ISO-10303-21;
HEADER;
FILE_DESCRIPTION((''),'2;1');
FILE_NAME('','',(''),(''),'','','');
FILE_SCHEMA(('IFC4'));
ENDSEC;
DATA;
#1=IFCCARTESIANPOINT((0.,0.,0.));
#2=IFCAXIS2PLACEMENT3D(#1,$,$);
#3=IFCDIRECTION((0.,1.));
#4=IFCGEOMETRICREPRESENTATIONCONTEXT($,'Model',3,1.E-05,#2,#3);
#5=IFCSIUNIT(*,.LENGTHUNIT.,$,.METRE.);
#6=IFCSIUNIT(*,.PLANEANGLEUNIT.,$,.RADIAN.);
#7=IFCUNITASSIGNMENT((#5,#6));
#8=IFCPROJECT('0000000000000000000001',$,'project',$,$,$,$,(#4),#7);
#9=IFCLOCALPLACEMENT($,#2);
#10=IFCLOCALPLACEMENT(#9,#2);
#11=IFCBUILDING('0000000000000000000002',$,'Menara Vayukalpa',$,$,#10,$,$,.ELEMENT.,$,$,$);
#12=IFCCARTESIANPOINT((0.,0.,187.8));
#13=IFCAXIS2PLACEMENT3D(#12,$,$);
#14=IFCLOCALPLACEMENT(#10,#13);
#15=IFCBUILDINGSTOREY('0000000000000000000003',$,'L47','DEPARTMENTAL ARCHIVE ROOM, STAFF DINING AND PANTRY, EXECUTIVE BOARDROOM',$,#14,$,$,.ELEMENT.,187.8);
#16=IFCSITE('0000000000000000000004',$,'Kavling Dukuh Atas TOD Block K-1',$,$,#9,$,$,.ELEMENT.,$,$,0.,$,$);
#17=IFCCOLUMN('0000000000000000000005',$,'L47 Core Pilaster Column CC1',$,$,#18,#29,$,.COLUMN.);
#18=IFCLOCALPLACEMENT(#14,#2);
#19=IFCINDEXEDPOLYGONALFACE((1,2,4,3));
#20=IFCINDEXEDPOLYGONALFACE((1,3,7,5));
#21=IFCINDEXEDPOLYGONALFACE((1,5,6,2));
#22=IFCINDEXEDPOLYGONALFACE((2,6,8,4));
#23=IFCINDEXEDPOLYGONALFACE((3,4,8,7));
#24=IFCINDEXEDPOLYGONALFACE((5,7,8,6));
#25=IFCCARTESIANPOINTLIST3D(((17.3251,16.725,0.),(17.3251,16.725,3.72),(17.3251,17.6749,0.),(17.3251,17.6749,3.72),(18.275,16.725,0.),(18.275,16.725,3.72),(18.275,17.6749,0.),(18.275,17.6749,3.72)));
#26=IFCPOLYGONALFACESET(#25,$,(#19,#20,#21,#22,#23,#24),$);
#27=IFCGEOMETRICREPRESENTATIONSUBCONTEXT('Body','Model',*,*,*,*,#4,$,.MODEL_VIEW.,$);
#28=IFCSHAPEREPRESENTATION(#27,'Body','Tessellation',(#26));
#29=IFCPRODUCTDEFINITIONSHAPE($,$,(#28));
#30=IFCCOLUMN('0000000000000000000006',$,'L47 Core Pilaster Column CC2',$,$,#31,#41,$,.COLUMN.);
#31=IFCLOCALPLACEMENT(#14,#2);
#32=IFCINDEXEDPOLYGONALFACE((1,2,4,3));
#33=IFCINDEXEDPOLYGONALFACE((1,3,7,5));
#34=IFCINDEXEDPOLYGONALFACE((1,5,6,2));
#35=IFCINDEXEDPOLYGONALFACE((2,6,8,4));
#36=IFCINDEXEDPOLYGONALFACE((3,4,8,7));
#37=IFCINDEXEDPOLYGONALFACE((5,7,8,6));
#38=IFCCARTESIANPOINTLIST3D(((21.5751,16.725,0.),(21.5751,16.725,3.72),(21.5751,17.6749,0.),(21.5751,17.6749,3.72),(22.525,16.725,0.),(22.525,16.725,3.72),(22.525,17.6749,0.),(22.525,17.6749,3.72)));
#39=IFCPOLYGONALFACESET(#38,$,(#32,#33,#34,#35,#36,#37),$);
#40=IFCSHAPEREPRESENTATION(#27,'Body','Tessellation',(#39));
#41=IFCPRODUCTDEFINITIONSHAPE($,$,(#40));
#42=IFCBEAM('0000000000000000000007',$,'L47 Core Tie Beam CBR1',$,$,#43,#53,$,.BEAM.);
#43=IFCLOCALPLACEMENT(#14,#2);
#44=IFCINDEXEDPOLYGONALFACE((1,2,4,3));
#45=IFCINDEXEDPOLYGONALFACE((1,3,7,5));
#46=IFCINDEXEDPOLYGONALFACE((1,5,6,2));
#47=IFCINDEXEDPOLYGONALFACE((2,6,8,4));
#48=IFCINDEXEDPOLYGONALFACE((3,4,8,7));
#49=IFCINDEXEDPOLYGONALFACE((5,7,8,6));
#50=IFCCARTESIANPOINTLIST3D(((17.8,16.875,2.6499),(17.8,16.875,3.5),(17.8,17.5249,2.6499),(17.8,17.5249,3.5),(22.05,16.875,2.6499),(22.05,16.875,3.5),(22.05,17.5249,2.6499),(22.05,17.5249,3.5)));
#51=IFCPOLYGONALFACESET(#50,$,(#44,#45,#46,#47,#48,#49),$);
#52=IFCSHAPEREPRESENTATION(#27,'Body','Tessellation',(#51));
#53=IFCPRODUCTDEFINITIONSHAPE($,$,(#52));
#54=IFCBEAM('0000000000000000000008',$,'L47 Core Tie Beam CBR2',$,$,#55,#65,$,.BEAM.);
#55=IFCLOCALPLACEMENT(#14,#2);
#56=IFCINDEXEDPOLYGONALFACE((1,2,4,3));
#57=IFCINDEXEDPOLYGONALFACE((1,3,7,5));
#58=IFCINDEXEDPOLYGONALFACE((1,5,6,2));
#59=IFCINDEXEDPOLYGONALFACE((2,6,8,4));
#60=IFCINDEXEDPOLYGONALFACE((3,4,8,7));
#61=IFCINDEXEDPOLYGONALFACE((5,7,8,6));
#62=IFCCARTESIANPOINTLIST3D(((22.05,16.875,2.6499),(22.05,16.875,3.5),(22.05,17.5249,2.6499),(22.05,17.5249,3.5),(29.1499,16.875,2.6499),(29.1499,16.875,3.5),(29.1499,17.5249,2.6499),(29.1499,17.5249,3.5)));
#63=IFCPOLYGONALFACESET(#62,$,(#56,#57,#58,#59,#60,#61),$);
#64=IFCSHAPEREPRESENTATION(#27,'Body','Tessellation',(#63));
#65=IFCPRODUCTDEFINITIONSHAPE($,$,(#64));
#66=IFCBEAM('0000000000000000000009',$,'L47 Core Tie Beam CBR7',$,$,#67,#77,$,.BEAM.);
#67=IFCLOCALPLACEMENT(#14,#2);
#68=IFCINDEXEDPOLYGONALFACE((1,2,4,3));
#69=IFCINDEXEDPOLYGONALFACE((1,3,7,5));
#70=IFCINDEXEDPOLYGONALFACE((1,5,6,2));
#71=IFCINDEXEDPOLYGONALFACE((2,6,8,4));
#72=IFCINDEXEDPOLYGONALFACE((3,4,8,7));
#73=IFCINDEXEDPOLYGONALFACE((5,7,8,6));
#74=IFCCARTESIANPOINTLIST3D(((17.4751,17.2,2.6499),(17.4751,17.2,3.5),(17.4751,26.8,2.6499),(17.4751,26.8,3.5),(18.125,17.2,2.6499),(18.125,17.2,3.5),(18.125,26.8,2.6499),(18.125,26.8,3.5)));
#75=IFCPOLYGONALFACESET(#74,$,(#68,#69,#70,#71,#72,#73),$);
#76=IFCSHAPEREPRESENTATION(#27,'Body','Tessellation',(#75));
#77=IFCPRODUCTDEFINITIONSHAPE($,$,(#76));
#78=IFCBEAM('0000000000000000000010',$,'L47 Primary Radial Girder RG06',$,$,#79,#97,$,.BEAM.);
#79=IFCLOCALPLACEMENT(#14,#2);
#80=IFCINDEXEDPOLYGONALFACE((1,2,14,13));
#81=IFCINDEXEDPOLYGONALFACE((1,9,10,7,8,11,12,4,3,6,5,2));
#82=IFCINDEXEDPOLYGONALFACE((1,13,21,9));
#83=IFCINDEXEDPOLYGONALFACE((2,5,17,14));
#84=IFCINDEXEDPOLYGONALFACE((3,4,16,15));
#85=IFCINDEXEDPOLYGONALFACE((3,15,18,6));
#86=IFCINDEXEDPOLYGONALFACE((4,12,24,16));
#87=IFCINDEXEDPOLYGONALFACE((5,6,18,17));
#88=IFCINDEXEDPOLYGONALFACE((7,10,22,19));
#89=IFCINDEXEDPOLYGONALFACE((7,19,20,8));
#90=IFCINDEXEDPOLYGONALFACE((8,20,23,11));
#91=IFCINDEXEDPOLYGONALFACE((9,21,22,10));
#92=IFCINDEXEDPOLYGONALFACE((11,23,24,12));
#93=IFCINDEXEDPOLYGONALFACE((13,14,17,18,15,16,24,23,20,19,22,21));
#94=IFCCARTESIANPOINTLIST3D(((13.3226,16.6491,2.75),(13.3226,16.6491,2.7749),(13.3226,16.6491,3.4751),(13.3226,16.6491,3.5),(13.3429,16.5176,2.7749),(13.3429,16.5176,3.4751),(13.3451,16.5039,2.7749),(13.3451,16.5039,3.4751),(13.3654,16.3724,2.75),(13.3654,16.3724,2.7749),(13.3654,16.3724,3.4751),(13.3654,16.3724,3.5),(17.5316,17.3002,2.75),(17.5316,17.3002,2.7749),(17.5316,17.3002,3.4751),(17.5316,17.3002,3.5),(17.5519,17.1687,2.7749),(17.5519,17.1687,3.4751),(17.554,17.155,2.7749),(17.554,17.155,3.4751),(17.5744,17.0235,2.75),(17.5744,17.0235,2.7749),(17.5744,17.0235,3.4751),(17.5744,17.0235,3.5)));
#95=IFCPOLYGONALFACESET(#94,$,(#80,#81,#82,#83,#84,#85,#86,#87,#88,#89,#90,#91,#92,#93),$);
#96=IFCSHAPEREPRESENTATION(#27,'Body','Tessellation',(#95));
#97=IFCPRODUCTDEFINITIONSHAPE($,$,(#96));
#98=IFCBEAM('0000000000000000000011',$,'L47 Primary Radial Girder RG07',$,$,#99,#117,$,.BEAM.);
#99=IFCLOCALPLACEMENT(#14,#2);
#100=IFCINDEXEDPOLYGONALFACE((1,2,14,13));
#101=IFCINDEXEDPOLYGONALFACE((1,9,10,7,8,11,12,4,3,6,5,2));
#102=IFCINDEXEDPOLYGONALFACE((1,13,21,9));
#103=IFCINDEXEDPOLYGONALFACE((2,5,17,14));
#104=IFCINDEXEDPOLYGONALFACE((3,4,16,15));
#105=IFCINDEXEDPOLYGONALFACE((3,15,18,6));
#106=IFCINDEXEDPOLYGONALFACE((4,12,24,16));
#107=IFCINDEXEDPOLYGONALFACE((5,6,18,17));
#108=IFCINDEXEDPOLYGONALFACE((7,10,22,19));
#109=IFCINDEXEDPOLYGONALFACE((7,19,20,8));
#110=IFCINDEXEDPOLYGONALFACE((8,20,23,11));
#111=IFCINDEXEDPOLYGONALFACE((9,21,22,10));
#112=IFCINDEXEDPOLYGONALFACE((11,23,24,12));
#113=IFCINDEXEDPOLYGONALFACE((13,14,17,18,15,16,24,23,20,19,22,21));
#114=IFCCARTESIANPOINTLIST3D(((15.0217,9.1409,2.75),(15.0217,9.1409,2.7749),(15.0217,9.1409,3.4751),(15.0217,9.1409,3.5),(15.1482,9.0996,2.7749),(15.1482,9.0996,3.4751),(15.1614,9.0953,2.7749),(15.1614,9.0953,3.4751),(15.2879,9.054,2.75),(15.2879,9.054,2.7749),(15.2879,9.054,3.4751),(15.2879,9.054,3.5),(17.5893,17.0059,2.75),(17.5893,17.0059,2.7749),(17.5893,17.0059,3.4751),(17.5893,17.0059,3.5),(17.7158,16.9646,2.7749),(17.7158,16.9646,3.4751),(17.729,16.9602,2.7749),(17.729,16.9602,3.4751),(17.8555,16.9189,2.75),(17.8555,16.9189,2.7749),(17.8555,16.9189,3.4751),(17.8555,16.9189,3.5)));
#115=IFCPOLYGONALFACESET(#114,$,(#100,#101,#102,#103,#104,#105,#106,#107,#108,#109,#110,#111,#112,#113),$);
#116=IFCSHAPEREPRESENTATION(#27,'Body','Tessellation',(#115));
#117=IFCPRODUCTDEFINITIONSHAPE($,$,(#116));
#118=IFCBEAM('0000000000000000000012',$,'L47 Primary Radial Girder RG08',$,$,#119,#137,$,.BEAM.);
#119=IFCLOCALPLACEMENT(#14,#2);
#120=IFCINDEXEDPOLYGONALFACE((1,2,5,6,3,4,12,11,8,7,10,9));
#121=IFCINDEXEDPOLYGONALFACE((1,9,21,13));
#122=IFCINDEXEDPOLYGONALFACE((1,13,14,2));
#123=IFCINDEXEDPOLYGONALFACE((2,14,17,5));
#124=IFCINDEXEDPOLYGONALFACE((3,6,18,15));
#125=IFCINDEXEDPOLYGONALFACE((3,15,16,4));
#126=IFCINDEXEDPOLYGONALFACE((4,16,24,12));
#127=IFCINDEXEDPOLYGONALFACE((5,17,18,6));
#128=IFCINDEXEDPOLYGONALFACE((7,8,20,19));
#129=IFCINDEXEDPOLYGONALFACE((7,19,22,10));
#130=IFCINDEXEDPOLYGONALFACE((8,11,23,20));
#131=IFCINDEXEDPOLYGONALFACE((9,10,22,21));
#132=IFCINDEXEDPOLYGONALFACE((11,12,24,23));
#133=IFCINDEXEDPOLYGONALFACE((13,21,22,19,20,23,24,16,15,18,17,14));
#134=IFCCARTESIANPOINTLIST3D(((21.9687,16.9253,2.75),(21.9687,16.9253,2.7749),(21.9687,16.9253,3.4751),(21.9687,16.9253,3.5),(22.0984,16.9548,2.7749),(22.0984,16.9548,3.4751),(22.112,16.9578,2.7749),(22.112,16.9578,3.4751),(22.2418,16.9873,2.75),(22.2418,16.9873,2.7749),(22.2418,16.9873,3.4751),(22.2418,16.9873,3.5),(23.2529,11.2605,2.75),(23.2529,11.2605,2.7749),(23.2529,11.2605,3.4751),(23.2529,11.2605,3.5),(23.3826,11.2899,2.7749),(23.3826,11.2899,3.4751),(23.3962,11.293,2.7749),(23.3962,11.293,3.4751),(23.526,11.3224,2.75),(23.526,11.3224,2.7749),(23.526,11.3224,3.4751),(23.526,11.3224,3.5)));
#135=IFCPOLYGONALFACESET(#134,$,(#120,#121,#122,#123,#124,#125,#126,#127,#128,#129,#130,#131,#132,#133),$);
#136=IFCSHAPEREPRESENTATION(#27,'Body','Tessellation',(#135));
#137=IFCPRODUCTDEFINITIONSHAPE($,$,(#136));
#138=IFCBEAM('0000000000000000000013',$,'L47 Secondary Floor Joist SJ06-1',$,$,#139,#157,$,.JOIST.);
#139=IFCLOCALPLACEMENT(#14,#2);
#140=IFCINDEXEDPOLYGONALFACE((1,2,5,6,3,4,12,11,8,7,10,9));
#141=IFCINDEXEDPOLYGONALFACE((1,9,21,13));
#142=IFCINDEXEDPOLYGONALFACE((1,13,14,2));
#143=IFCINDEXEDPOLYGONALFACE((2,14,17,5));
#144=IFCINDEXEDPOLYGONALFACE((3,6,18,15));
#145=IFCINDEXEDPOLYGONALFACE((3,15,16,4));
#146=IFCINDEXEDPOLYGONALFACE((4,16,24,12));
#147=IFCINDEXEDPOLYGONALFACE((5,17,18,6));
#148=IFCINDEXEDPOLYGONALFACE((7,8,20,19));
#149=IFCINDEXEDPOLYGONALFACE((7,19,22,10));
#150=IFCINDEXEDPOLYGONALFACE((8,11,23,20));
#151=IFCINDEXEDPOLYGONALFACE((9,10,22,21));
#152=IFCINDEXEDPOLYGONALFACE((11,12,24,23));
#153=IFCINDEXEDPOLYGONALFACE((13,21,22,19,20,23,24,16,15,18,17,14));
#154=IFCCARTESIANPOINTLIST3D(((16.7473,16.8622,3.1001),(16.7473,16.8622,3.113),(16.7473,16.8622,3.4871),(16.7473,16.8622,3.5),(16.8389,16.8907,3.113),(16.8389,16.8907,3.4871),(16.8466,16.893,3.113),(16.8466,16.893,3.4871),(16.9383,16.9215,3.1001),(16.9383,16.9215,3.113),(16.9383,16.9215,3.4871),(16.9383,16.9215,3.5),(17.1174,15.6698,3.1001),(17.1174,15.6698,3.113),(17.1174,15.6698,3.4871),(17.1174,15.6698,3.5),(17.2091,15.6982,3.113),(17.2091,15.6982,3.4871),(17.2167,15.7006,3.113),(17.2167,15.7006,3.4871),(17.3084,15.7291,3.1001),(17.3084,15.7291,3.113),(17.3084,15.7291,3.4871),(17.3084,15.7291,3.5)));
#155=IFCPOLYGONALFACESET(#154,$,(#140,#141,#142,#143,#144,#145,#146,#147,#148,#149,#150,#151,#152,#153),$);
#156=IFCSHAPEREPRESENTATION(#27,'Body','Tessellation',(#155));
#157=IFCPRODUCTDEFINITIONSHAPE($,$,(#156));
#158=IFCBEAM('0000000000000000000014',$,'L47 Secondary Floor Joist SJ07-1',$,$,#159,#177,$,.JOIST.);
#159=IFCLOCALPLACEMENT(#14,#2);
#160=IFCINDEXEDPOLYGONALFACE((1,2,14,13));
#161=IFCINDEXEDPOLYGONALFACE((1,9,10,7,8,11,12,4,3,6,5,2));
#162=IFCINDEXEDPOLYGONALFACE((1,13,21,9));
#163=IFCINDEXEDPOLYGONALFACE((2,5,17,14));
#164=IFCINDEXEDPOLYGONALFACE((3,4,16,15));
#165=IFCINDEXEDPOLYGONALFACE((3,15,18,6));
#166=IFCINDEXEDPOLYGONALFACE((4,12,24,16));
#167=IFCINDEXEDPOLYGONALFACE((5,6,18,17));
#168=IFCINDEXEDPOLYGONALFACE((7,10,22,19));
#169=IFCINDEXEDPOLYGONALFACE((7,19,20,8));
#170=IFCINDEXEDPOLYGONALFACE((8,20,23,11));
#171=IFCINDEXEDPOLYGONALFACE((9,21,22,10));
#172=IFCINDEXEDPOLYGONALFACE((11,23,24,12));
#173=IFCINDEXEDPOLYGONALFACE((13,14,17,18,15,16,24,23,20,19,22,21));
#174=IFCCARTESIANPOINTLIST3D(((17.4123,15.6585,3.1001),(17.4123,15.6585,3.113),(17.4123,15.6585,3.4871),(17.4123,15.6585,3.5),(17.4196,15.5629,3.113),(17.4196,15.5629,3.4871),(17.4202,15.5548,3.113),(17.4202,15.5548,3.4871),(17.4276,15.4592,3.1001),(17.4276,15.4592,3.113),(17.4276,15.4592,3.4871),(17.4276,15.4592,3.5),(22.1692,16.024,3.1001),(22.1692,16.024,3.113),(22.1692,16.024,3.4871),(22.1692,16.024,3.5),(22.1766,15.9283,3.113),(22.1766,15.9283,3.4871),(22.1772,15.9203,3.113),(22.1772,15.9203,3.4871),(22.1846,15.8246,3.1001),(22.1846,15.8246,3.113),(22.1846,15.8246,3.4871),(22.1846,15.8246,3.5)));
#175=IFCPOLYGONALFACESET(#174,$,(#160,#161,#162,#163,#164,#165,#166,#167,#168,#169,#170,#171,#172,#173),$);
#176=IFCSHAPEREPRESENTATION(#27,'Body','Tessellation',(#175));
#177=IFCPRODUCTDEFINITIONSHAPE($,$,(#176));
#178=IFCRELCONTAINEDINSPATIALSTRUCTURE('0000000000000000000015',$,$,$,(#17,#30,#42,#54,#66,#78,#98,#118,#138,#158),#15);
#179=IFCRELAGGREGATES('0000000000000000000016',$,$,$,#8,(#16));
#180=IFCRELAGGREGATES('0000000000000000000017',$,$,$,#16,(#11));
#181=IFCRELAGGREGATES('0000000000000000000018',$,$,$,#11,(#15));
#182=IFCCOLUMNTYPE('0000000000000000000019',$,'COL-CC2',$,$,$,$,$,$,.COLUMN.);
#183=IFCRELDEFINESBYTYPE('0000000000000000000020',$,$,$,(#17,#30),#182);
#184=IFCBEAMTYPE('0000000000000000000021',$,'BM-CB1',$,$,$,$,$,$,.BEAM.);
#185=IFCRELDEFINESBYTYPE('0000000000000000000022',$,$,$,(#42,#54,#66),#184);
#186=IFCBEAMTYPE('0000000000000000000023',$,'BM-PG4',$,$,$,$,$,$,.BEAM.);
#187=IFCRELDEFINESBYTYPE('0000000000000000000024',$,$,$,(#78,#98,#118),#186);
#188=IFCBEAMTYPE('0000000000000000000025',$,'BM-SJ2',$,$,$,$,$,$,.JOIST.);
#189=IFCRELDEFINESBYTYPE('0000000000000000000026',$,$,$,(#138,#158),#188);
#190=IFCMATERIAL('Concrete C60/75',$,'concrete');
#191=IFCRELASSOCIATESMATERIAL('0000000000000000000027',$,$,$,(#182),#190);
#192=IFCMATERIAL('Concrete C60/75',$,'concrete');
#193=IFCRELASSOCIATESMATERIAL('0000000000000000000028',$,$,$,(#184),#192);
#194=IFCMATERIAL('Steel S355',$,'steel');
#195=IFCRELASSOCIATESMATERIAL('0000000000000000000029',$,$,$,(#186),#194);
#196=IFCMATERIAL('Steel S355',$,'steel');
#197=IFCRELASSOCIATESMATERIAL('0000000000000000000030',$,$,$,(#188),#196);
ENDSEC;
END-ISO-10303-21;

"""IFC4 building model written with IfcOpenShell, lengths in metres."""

from ifc_helpers import new_model, si_unit, direction, frame, origin, origin_2d, place, context, subcontext, project, spatial, rectangle, i_section, extrude, material, material_profile, profile_set, type_object, element, save


model = new_model("IFC4")

# Units and contexts
model_context = context("Model", 3, precision=1e-05, world=origin(), true_north=direction((0.0, 1.0)))
body_context = subcontext(model_context, "Body", "Model", "MODEL_VIEW")
ifc_project = project(units=[si_unit("LENGTHUNIT", "METRE"), si_unit("PLANEANGLEUNIT", "RADIAN")], contexts=[model_context])

# Site, building, storey
site_placement = place(None, origin())
site = spatial("IfcSite", under=ifc_project, at=site_placement, Name="Kavling Dukuh Atas TOD Block K-1", CompositionType="ELEMENT", RefElevation=0.0)
building_placement = place(site_placement, origin())
building = spatial("IfcBuilding", under=site, at=building_placement, Name="Menara Vayukalpa", CompositionType="ELEMENT")
storey_placement = place(building_placement, frame((0.0, 0.0, 187.8)))
storey = spatial("IfcBuildingStorey", under=building, at=storey_placement, Name="L47", Description="DEPARTMENTAL ARCHIVE ROOM, STAFF DINING AND PANTRY, EXECUTIVE BOARDROOM", CompositionType="ELEMENT", Elevation=187.8)

# Columns
ifc_material_1 = material(Name="Concrete C60/75", Category="concrete")
ifc_material_profile_1 = material_profile(ifc_material_1, rectangle(XDim=0.95, YDim=0.95, at=origin_2d()), Name="RC 950x950")
ifc_profile_set_1 = profile_set([ifc_material_profile_1], Name="Concrete C60/75")
column_type = type_object("IfcColumnType", Name="COL-CC2", PredefinedType="COLUMN", material=ifc_profile_set_1)
for number, where, z_axis, x_axis, name in (
    (1, (17.8, 17.2, 0.0), (0.0, 0.0, 1.0), (1.0, 0.0, 0.0), "L47 Core Pilaster Column CC1"),
    (2, (22.05, 17.2, 0.0), (0.0, 0.0, 1.0), (1.0, 0.0, 0.0), "L47 Core Pilaster Column CC2"),
):
    element("IfcColumn", number, at=place(storey_placement, frame(where, z_axis=z_axis, x_axis=x_axis)), inside=storey, type_object=column_type, Name=name, PredefinedType="COLUMN", context=body_context, shape_type="SweptSolid", body=[
        extrude(rectangle(XDim=0.95, YDim=0.95, at=origin_2d()), origin(), (0.0, 0.0, 1.0), 3.72),
    ])

# Beams
ifc_material_2 = material(Name="Concrete C60/75", Category="concrete")
ifc_material_profile_2 = material_profile(ifc_material_2, rectangle(XDim=0.6499, YDim=0.8501, at=origin_2d()), Name="RC 650x850")
ifc_profile_set_2 = profile_set([ifc_material_profile_2], Name="Concrete C60/75")
beam_type_1 = type_object("IfcBeamType", Name="BM-CB1", PredefinedType="BEAM", material=ifc_profile_set_2)
beam_1_placement = place(storey_placement, frame((17.8, 17.2, 3.075), z_axis=(1.0, 0.0, 0.0), x_axis=(0.0, 1.0, 0.0)))
element("IfcBeam", 3, at=beam_1_placement, inside=storey, type_object=beam_type_1, Name="L47 Core Tie Beam CBR1", PredefinedType="BEAM", context=body_context, shape_type="SweptSolid", body=[
    extrude(rectangle(XDim=0.6499, YDim=0.8501, at=origin_2d()), origin(), (0.0, 0.0, 1.0), 4.25),
])
beam_2_placement = place(storey_placement, frame((22.05, 17.2, 3.075), z_axis=(1.0, 0.0, 0.0), x_axis=(0.0, 1.0, 0.0)))
element("IfcBeam", 4, at=beam_2_placement, inside=storey, type_object=beam_type_1, Name="L47 Core Tie Beam CBR2", PredefinedType="BEAM", context=body_context, shape_type="SweptSolid", body=[
    extrude(rectangle(XDim=0.6499, YDim=0.8501, at=origin_2d()), origin(), (0.0, 0.0, 1.0), 7.0999),
])
beam_3_placement = place(storey_placement, frame((17.8, 17.2, 3.075), z_axis=(0.0, 1.0, 0.0), x_axis=(-1.0, 0.0, 0.0)))
element("IfcBeam", 5, at=beam_3_placement, inside=storey, type_object=beam_type_1, Name="L47 Core Tie Beam CBR7", PredefinedType="BEAM", context=body_context, shape_type="SweptSolid", body=[
    extrude(rectangle(XDim=0.6499, YDim=0.8501, at=origin_2d()), origin(), (0.0, 0.0, 1.0), 9.6001),
])
ifc_material_3 = material(Name="Steel S355", Category="steel")
ifc_material_profile_3 = material_profile(ifc_material_3, i_section(OverallWidth=0.28, OverallDepth=0.75, WebThickness=0.0139, FlangeThickness=0.0249, at=origin_2d()), Name="WF 750x280x14x25")
ifc_profile_set_3 = profile_set([ifc_material_profile_3], Name="Steel S355")
beam_type_2 = type_object("IfcBeamType", Name="BM-PG4", PredefinedType="BEAM", material=ifc_profile_set_3)
beam_4_placement = place(storey_placement, frame((17.553, 17.1619, 3.125), z_axis=(-0.988245, -0.15288, 0.0), x_axis=(0.15288, -0.988245, 0.0)))
element("IfcBeam", 6, at=beam_4_placement, inside=storey, type_object=beam_type_2, Name="L47 Primary Radial Girder RG06", PredefinedType="BEAM", context=body_context, shape_type="SweptSolid", body=[
    extrude(i_section(OverallWidth=0.28, OverallDepth=0.75, WebThickness=0.0139, FlangeThickness=0.0249, at=origin_2d()), origin(), (0.0, 0.0, 1.0), 4.259),
])
beam_5_placement = place(storey_placement, frame((17.7224, 16.9624, 3.125), z_axis=(-0.310344, -0.950624, 0.0), x_axis=(0.950624, -0.310344, 0.0)))
element("IfcBeam", 7, at=beam_5_placement, inside=storey, type_object=beam_type_2, Name="L47 Primary Radial Girder RG07", PredefinedType="BEAM", context=body_context, shape_type="SweptSolid", body=[
    extrude(i_section(OverallWidth=0.28, OverallDepth=0.75, WebThickness=0.0139, FlangeThickness=0.0249, at=origin_2d()), origin(), (0.0, 0.0, 1.0), 8.2734),
])
beam_6_placement = place(storey_placement, frame((22.1052, 16.9563, 3.125), z_axis=(0.221085, -0.975255, 0.0), x_axis=(0.975255, 0.221085, 0.0)))
element("IfcBeam", 8, at=beam_6_placement, inside=storey, type_object=beam_type_2, Name="L47 Primary Radial Girder RG08", PredefinedType="BEAM", context=body_context, shape_type="SweptSolid", body=[
    extrude(i_section(OverallWidth=0.28, OverallDepth=0.75, WebThickness=0.0139, FlangeThickness=0.0249, at=origin_2d()), origin(), (0.0, 0.0, 1.0), 5.8086),
])
ifc_material_4 = material(Name="Steel S355", Category="steel")
ifc_material_profile_4 = material_profile(ifc_material_4, i_section(OverallWidth=0.2, OverallDepth=0.3999, WebThickness=0.0081, FlangeThickness=0.0129, at=origin_2d()), Name="WF 400x200x8x13")
ifc_profile_set_4 = profile_set([ifc_material_profile_4], Name="Steel S355")
beam_type_3 = type_object("IfcBeamType", Name="BM-SJ2", PredefinedType="JOIST", material=ifc_profile_set_4)
beam_7_placement = place(storey_placement, frame((16.8428, 16.8918, 3.3), z_axis=(0.296448, -0.955049, 0.0), x_axis=(0.955049, 0.296448, 0.0)))
element("IfcBeam", 9, at=beam_7_placement, inside=storey, type_object=beam_type_3, Name="L47 Secondary Floor Joist SJ06-1", PredefinedType="JOIST", context=body_context, shape_type="SweptSolid", body=[
    extrude(i_section(OverallWidth=0.2, OverallDepth=0.3999, WebThickness=0.0081, FlangeThickness=0.0129, at=origin_2d()), origin(), (0.0, 0.0, 1.0), 1.2485),
])
beam_8_placement = place(storey_placement, frame((17.4199, 15.5588, 3.3), z_axis=(0.997062, 0.076603, 0.0), x_axis=(-0.076603, 0.997062, 0.0)))
element("IfcBeam", 10, at=beam_8_placement, inside=storey, type_object=beam_type_3, Name="L47 Secondary Floor Joist SJ07-1", PredefinedType="JOIST", context=body_context, shape_type="SweptSolid", body=[
    extrude(i_section(OverallWidth=0.2, OverallDepth=0.3999, WebThickness=0.0081, FlangeThickness=0.0129, at=origin_2d()), origin(), (0.0, 0.0, 1.0), 4.771),
])

save(model, "model.ifc")
